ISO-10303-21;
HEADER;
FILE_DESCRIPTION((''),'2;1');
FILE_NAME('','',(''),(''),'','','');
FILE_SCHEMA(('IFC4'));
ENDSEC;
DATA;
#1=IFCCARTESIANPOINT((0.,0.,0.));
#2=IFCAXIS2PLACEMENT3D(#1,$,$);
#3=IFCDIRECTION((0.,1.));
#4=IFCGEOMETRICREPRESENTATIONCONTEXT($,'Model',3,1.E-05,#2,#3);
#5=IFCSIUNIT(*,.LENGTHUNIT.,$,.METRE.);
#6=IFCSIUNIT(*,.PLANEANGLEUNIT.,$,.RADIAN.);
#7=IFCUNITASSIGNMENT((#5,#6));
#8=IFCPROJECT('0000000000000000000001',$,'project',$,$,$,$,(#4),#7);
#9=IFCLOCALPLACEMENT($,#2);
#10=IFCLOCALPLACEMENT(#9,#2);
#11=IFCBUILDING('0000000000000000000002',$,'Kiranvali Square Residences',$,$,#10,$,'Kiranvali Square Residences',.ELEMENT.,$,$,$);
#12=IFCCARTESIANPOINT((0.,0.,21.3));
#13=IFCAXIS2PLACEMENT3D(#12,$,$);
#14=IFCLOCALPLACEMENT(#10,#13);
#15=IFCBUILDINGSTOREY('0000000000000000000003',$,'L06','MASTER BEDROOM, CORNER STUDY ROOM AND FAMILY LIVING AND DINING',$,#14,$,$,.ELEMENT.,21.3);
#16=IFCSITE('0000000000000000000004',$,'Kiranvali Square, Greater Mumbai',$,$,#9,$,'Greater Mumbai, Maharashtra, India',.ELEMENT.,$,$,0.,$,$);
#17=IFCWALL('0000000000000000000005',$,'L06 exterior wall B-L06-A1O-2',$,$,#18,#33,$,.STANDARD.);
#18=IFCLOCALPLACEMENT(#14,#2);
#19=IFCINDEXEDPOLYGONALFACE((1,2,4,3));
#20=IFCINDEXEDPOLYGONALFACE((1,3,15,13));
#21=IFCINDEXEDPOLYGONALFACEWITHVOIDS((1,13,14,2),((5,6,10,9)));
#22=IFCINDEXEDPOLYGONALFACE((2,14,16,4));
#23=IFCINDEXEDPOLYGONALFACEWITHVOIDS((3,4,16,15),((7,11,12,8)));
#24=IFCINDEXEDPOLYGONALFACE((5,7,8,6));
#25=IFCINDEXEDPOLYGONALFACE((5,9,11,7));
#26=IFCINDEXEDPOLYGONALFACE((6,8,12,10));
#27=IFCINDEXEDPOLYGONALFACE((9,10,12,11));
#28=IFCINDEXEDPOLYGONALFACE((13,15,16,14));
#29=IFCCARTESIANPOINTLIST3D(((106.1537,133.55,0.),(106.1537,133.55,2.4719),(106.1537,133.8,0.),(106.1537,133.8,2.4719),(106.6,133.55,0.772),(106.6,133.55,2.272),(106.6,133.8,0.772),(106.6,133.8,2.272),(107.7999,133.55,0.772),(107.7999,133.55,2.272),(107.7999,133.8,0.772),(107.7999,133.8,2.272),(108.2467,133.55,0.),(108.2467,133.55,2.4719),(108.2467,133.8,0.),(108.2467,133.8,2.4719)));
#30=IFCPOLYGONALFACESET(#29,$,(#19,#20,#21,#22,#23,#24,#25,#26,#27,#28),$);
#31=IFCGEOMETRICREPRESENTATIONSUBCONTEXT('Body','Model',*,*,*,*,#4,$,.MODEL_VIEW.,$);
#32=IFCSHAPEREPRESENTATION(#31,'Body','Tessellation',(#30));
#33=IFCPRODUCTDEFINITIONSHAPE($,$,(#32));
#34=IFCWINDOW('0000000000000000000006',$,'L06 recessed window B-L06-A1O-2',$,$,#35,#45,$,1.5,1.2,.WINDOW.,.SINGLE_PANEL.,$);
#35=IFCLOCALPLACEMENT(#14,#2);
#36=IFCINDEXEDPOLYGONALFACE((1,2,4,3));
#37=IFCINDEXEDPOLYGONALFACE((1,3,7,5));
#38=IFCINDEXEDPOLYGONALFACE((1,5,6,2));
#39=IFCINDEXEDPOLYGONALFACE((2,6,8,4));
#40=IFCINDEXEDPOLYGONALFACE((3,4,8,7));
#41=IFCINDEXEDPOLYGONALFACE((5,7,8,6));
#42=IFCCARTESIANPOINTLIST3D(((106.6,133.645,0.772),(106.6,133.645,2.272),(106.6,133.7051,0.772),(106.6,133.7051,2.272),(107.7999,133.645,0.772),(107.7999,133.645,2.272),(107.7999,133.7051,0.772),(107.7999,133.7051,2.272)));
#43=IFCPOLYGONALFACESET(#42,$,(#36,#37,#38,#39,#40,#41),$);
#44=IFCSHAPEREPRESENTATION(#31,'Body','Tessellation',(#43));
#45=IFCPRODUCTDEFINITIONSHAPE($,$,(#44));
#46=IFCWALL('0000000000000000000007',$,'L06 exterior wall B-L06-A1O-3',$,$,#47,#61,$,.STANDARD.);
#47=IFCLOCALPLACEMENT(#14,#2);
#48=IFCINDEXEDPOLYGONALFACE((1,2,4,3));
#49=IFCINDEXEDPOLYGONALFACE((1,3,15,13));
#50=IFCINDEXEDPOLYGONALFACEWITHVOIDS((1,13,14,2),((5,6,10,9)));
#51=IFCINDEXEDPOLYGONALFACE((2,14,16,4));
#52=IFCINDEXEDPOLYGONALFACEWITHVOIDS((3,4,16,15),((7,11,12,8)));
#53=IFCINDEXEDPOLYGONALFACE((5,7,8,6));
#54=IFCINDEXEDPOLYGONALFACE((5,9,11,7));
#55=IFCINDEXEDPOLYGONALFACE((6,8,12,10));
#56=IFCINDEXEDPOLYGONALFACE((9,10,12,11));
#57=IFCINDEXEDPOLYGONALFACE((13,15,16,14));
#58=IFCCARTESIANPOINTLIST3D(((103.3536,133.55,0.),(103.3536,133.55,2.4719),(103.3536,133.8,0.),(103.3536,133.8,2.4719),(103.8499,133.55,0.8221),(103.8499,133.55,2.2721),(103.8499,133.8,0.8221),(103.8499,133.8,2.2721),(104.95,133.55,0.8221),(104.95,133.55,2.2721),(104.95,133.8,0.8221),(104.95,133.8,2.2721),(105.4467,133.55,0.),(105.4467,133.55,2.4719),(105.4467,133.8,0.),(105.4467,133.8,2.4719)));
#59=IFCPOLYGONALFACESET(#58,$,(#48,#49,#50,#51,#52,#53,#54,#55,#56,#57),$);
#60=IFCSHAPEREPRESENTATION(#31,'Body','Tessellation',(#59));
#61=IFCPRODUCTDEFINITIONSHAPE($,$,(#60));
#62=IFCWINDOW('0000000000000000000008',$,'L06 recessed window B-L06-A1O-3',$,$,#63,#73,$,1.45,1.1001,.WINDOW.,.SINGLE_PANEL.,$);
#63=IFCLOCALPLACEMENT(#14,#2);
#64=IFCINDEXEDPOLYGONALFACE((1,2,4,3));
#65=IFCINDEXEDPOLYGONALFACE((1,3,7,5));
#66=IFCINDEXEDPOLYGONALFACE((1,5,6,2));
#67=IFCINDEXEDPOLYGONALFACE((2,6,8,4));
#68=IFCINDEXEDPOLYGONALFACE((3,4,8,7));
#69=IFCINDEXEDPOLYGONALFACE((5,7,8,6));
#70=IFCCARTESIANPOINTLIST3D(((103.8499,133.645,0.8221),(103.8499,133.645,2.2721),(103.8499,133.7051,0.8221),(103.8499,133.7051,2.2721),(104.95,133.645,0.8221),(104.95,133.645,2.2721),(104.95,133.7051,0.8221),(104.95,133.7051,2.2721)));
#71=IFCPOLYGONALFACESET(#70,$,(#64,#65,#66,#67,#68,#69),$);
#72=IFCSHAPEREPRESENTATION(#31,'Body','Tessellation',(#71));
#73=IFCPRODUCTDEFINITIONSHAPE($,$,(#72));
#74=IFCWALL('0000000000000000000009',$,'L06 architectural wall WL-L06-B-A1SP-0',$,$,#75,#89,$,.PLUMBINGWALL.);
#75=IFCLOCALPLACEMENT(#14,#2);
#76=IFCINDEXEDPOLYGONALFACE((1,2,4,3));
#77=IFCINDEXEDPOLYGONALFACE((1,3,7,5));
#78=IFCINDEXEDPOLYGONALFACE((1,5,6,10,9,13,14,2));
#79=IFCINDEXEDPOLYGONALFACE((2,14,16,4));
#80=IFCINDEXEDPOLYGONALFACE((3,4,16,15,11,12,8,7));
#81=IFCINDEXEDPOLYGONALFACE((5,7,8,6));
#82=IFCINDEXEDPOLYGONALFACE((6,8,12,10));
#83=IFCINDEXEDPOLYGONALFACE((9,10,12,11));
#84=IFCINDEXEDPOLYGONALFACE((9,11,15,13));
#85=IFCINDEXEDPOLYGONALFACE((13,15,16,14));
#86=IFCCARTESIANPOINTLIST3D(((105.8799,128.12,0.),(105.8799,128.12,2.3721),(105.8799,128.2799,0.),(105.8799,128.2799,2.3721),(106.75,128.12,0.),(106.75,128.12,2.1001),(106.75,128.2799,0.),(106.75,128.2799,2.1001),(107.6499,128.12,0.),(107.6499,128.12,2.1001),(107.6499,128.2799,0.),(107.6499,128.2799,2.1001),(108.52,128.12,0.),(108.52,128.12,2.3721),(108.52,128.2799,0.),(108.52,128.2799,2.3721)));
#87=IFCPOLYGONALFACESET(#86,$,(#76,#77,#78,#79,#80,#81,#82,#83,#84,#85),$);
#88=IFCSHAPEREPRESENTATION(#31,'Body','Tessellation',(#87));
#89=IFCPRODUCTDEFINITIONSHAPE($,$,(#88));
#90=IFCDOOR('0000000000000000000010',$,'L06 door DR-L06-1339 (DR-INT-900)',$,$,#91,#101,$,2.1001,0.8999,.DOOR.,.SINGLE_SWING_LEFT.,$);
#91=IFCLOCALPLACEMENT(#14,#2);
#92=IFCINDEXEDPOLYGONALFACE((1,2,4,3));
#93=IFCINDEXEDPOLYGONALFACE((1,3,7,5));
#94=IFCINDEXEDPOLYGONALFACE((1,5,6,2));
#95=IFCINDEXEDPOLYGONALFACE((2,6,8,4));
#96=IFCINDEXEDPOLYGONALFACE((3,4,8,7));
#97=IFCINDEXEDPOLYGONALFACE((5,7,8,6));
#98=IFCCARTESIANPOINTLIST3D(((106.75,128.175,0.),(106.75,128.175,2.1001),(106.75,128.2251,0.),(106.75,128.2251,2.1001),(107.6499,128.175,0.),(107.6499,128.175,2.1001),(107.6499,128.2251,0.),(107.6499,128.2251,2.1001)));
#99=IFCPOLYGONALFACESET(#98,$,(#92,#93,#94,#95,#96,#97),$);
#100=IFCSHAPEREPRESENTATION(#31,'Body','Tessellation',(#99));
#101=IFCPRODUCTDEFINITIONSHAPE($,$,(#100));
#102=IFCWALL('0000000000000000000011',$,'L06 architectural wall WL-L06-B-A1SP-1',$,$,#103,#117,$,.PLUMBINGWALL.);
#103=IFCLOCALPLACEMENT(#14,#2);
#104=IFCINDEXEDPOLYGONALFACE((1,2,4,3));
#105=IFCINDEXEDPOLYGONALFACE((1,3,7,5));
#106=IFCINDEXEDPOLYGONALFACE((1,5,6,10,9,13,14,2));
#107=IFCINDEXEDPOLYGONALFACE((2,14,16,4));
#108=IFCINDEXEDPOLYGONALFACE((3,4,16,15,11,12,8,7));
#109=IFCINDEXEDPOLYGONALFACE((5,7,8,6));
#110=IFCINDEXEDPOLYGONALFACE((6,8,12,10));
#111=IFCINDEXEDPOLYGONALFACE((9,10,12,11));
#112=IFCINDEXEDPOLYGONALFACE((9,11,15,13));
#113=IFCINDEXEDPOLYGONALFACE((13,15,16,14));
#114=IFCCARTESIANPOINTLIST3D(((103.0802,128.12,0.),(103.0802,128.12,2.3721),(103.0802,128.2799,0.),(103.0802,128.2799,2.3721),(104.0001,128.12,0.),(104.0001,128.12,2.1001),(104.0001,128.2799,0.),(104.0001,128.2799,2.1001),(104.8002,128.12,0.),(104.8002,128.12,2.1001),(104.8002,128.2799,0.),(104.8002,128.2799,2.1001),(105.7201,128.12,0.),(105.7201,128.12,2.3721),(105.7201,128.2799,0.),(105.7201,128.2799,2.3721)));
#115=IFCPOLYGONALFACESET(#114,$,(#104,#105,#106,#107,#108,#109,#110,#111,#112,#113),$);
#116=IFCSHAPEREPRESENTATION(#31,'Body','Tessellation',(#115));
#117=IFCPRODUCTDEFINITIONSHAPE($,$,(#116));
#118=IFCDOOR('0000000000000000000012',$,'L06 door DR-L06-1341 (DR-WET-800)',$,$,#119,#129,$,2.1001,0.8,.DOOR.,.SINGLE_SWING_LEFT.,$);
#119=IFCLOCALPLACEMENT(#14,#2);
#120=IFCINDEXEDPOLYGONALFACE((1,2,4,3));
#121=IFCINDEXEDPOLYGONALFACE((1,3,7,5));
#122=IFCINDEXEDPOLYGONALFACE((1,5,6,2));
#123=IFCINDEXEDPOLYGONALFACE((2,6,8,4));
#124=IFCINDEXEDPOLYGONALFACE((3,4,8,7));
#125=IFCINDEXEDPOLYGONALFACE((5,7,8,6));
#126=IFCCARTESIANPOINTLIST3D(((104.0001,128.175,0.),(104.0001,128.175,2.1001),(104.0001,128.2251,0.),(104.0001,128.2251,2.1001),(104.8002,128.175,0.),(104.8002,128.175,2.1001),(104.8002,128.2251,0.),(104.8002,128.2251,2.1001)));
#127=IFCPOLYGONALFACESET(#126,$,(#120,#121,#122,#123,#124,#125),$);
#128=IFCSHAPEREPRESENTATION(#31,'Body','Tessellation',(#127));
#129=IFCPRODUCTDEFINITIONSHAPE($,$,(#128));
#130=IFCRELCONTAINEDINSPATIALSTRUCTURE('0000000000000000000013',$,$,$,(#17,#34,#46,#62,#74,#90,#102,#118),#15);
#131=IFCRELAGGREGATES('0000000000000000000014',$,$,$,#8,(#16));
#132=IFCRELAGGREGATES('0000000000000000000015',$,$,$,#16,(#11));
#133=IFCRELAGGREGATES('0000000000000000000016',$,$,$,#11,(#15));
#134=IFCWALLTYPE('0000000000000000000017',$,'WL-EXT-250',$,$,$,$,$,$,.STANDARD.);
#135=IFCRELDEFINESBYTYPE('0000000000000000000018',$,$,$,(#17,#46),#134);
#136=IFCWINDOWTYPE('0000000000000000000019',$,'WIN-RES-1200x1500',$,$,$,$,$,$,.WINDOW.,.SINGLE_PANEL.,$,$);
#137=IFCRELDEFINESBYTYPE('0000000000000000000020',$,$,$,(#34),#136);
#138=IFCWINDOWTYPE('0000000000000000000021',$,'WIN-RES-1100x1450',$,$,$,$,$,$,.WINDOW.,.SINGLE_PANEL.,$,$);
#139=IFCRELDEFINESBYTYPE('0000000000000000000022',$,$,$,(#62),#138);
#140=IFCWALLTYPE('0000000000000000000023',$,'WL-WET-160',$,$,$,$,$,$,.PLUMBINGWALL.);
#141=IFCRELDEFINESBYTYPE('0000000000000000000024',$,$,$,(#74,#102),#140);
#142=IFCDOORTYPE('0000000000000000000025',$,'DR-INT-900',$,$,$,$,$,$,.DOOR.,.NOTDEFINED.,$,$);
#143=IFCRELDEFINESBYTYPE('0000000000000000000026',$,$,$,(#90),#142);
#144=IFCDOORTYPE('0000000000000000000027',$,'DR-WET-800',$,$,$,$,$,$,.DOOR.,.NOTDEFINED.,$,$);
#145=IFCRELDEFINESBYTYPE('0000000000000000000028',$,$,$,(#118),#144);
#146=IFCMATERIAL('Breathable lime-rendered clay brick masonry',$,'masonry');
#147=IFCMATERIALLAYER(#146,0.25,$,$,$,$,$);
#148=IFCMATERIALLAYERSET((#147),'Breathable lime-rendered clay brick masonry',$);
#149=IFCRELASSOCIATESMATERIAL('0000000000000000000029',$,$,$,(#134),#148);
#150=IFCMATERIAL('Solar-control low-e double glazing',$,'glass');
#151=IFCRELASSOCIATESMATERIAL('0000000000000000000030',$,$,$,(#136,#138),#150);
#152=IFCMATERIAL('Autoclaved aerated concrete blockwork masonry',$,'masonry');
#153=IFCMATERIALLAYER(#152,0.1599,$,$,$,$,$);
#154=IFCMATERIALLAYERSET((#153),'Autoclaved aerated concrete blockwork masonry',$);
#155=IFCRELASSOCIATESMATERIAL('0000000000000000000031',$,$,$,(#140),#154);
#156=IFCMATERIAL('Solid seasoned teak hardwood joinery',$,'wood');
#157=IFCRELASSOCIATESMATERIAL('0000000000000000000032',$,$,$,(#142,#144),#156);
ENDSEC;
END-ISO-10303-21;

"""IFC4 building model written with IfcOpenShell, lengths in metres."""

from ifc_helpers import new_model, si_unit, direction, frame, frame_2d, origin, place, context, subcontext, project, spatial, rectangle, extrude, material, layer, layer_set, type_object, element, fill, save


model = new_model("IFC4")

# Units and contexts
model_context = context("Model", 3, precision=1e-05, world=origin(), true_north=direction((0.0, 1.0)))
body_context = subcontext(model_context, "Body", "Model", "MODEL_VIEW")
ifc_project = project(units=[si_unit("LENGTHUNIT", "METRE"), si_unit("PLANEANGLEUNIT", "RADIAN")], contexts=[model_context])

# Site, building, storey
site_placement = place(None, origin())
site = spatial("IfcSite", under=ifc_project, at=site_placement, Name="Kiranvali Square, Greater Mumbai", LongName="Greater Mumbai, Maharashtra, India", CompositionType="ELEMENT", RefElevation=0.0)
building_placement = place(site_placement, origin())
building = spatial("IfcBuilding", under=site, at=building_placement, Name="Kiranvali Square Residences", LongName="Kiranvali Square Residences", CompositionType="ELEMENT")
storey_placement = place(building_placement, frame((0.0, 0.0, 21.3)))
storey = spatial("IfcBuildingStorey", under=building, at=storey_placement, Name="L06", Description="MASTER BEDROOM, CORNER STUDY ROOM AND FAMILY LIVING AND DINING", CompositionType="ELEMENT", Elevation=21.3)

# Walls, openings, windows
ifc_material_1 = material(Name="Breathable lime-rendered clay brick masonry", Category="masonry")
ifc_layer_1 = layer(ifc_material_1, 0.25)
ifc_layer_set_1 = layer_set([ifc_layer_1], Name="Breathable lime-rendered clay brick masonry")
wall_type_1 = type_object("IfcWallType", Name="WL-EXT-250", PredefinedType="STANDARD", material=ifc_layer_set_1)
wall_1_placement = place(storey_placement, frame((108.2466, 133.675, 0.0), z_axis=(0.0, 0.0, 1.0), x_axis=(-1.0, 0.0, 0.0)))
wall_1 = element("IfcWall", 1, at=wall_1_placement, inside=storey, type_object=wall_type_1, Name="L06 exterior wall B-L06-A1O-2", PredefinedType="STANDARD", context=body_context, shape_type="SweptSolid", body=[
    extrude(rectangle(XDim=2.093, YDim=0.25, at=frame_2d((1.0464, 0.0))), origin(), (0.0, 0.0, 1.0), 2.4719),
])
opening_1_placement = place(wall_1_placement, frame((0.4465, 0.0, 0.772)))
opening_1 = element("IfcOpeningElement", 2, at=opening_1_placement, cuts=wall_1, PredefinedType="OPENING", context=body_context, shape_type="SweptSolid", body=[
    extrude(rectangle(XDim=1.2, YDim=1.5, at=frame_2d((0.6001, 0.75))), frame((0.0, 0.135, 0.0), z_axis=(0.0, -1.0, 0.0), x_axis=(1.0, 0.0, 0.0)), (0.0, 0.0, 1.0), 0.27),
])
ifc_material_2 = material(Name="Solar-control low-e double glazing", Category="glass")
window_type_1 = type_object("IfcWindowType", Name="WIN-RES-1200x1500", PartitioningType="SINGLE_PANEL", PredefinedType="WINDOW", material=ifc_material_2)
window_1_placement = place(opening_1_placement, origin())
window_1 = element("IfcWindow", 3, at=window_1_placement, inside=storey, type_object=window_type_1, Name="L06 recessed window B-L06-A1O-2", OverallHeight=1.5, OverallWidth=1.2, PartitioningType="SINGLE_PANEL", PredefinedType="WINDOW", context=body_context, shape_type="SweptSolid", body=[
    extrude(rectangle(XDim=1.2, YDim=1.5, at=frame_2d((0.6001, 0.75))), frame((0.0, 0.03, 0.0), z_axis=(0.0, -1.0, 0.0), x_axis=(1.0, 0.0, 0.0)), (0.0, 0.0, 1.0), 0.0601),
])
fill(opening_1, window_1)
wall_2_placement = place(storey_placement, frame((105.4465, 133.675, 0.0), z_axis=(0.0, 0.0, 1.0), x_axis=(-1.0, 0.0, 0.0)))
wall_2 = element("IfcWall", 4, at=wall_2_placement, inside=storey, type_object=wall_type_1, Name="L06 exterior wall B-L06-A1O-3", PredefinedType="STANDARD", context=body_context, shape_type="SweptSolid", body=[
    extrude(rectangle(XDim=2.093, YDim=0.25, at=frame_2d((1.0464, 0.0))), origin(), (0.0, 0.0, 1.0), 2.4719),
])
opening_2_placement = place(wall_2_placement, frame((0.4966, 0.0, 0.822)))
opening_2 = element("IfcOpeningElement", 5, at=opening_2_placement, cuts=wall_2, PredefinedType="OPENING", context=body_context, shape_type="SweptSolid", body=[
    extrude(rectangle(XDim=1.1001, YDim=1.45, at=frame_2d((0.55, 0.7251))), frame((0.0, 0.135, 0.0), z_axis=(0.0, -1.0, 0.0), x_axis=(1.0, 0.0, 0.0)), (0.0, 0.0, 1.0), 0.27),
])
window_type_2 = type_object("IfcWindowType", Name="WIN-RES-1100x1450", PartitioningType="SINGLE_PANEL", PredefinedType="WINDOW", material=ifc_material_2)
window_2_placement = place(opening_2_placement, origin())
window_2 = element("IfcWindow", 6, at=window_2_placement, inside=storey, type_object=window_type_2, Name="L06 recessed window B-L06-A1O-3", OverallHeight=1.45, OverallWidth=1.1001, PartitioningType="SINGLE_PANEL", PredefinedType="WINDOW", context=body_context, shape_type="SweptSolid", body=[
    extrude(rectangle(XDim=1.1001, YDim=1.45, at=frame_2d((0.55, 0.7251))), frame((0.0, 0.03, 0.0), z_axis=(0.0, -1.0, 0.0), x_axis=(1.0, 0.0, 0.0)), (0.0, 0.0, 1.0), 0.0601),
])
fill(opening_2, window_2)

# Walls, openings, doors
ifc_material_3 = material(Name="Autoclaved aerated concrete blockwork masonry", Category="masonry")
ifc_layer_2 = layer(ifc_material_3, 0.1599)
ifc_layer_set_2 = layer_set([ifc_layer_2], Name="Autoclaved aerated concrete blockwork masonry")
wall_type_2 = type_object("IfcWallType", Name="WL-WET-160", PredefinedType="PLUMBINGWALL", material=ifc_layer_set_2)
wall_3_placement = place(storey_placement, frame((108.52, 128.2, 0.0), z_axis=(0.0, 0.0, 1.0), x_axis=(-1.0, 0.0, 0.0)))
wall_3 = element("IfcWall", 7, at=wall_3_placement, inside=storey, type_object=wall_type_2, Name="L06 architectural wall WL-L06-B-A1SP-0", PredefinedType="PLUMBINGWALL", context=body_context, shape_type="SweptSolid", body=[
    extrude(rectangle(XDim=2.6401, YDim=0.1599, at=frame_2d((1.3201, 0.0))), origin(), (0.0, 0.0, 1.0), 2.3721),
])
opening_3_placement = place(wall_3_placement, frame((0.8701, 0.0, 0.0)))
opening_3 = element("IfcOpeningElement", 8, at=opening_3_placement, cuts=wall_3, PredefinedType="OPENING", context=body_context, shape_type="SweptSolid", body=[
    extrude(rectangle(XDim=0.8999, YDim=2.1001, at=frame_2d((0.45, 1.05))), frame((0.0, 0.0898, 0.0), z_axis=(0.0, -1.0, 0.0), x_axis=(1.0, 0.0, 0.0)), (0.0, 0.0, 1.0), 0.1799),
])
ifc_material_4 = material(Name="Solid seasoned teak hardwood joinery", Category="wood")
door_type_1 = type_object("IfcDoorType", Name="DR-INT-900", OperationType="NOTDEFINED", PredefinedType="DOOR", material=ifc_material_4)
door_1_placement = place(opening_3_placement, origin())
door_1 = element("IfcDoor", 9, at=door_1_placement, inside=storey, type_object=door_type_1, Name="L06 door DR-L06-1339 (DR-INT-900)", OperationType="SINGLE_SWING_LEFT", OverallHeight=2.1001, OverallWidth=0.8999, PredefinedType="DOOR", context=body_context, shape_type="SweptSolid", body=[
    extrude(rectangle(XDim=0.8999, YDim=2.1001, at=frame_2d((0.45, 1.05))), frame((0.0, 0.0249, 0.0), z_axis=(0.0, -1.0, 0.0), x_axis=(1.0, 0.0, 0.0)), (0.0, 0.0, 1.0), 0.05),
])
fill(opening_3, door_1)
wall_4_placement = place(storey_placement, frame((105.72, 128.2, 0.0), z_axis=(0.0, 0.0, 1.0), x_axis=(-1.0, 0.0, 0.0)))
wall_4 = element("IfcWall", 10, at=wall_4_placement, inside=storey, type_object=wall_type_2, Name="L06 architectural wall WL-L06-B-A1SP-1", PredefinedType="PLUMBINGWALL", context=body_context, shape_type="SweptSolid", body=[
    extrude(rectangle(XDim=2.6399, YDim=0.1599, at=frame_2d((1.3198, 0.0))), origin(), (0.0, 0.0, 1.0), 2.3721),
])
opening_4_placement = place(wall_4_placement, frame((0.9199, 0.0, 0.0)))
opening_4 = element("IfcOpeningElement", 11, at=opening_4_placement, cuts=wall_4, PredefinedType="OPENING", context=body_context, shape_type="SweptSolid", body=[
    extrude(rectangle(XDim=0.8, YDim=2.1001, at=frame_2d((0.3999, 1.05))), frame((0.0, 0.0898, 0.0), z_axis=(0.0, -1.0, 0.0), x_axis=(1.0, 0.0, 0.0)), (0.0, 0.0, 1.0), 0.1799),
])
door_type_2 = type_object("IfcDoorType", Name="DR-WET-800", OperationType="NOTDEFINED", PredefinedType="DOOR", material=ifc_material_4)
door_2_placement = place(opening_4_placement, origin())
door_2 = element("IfcDoor", 12, at=door_2_placement, inside=storey, type_object=door_type_2, Name="L06 door DR-L06-1341 (DR-WET-800)", OperationType="SINGLE_SWING_LEFT", OverallHeight=2.1001, OverallWidth=0.8, PredefinedType="DOOR", context=body_context, shape_type="SweptSolid", body=[
    extrude(rectangle(XDim=0.8, YDim=2.1001, at=frame_2d((0.3999, 1.05))), frame((0.0, 0.0249, 0.0), z_axis=(0.0, -1.0, 0.0), x_axis=(1.0, 0.0, 0.0)), (0.0, 0.0, 1.0), 0.05),
])
fill(opening_4, door_2)

save(model, "model.ifc")
